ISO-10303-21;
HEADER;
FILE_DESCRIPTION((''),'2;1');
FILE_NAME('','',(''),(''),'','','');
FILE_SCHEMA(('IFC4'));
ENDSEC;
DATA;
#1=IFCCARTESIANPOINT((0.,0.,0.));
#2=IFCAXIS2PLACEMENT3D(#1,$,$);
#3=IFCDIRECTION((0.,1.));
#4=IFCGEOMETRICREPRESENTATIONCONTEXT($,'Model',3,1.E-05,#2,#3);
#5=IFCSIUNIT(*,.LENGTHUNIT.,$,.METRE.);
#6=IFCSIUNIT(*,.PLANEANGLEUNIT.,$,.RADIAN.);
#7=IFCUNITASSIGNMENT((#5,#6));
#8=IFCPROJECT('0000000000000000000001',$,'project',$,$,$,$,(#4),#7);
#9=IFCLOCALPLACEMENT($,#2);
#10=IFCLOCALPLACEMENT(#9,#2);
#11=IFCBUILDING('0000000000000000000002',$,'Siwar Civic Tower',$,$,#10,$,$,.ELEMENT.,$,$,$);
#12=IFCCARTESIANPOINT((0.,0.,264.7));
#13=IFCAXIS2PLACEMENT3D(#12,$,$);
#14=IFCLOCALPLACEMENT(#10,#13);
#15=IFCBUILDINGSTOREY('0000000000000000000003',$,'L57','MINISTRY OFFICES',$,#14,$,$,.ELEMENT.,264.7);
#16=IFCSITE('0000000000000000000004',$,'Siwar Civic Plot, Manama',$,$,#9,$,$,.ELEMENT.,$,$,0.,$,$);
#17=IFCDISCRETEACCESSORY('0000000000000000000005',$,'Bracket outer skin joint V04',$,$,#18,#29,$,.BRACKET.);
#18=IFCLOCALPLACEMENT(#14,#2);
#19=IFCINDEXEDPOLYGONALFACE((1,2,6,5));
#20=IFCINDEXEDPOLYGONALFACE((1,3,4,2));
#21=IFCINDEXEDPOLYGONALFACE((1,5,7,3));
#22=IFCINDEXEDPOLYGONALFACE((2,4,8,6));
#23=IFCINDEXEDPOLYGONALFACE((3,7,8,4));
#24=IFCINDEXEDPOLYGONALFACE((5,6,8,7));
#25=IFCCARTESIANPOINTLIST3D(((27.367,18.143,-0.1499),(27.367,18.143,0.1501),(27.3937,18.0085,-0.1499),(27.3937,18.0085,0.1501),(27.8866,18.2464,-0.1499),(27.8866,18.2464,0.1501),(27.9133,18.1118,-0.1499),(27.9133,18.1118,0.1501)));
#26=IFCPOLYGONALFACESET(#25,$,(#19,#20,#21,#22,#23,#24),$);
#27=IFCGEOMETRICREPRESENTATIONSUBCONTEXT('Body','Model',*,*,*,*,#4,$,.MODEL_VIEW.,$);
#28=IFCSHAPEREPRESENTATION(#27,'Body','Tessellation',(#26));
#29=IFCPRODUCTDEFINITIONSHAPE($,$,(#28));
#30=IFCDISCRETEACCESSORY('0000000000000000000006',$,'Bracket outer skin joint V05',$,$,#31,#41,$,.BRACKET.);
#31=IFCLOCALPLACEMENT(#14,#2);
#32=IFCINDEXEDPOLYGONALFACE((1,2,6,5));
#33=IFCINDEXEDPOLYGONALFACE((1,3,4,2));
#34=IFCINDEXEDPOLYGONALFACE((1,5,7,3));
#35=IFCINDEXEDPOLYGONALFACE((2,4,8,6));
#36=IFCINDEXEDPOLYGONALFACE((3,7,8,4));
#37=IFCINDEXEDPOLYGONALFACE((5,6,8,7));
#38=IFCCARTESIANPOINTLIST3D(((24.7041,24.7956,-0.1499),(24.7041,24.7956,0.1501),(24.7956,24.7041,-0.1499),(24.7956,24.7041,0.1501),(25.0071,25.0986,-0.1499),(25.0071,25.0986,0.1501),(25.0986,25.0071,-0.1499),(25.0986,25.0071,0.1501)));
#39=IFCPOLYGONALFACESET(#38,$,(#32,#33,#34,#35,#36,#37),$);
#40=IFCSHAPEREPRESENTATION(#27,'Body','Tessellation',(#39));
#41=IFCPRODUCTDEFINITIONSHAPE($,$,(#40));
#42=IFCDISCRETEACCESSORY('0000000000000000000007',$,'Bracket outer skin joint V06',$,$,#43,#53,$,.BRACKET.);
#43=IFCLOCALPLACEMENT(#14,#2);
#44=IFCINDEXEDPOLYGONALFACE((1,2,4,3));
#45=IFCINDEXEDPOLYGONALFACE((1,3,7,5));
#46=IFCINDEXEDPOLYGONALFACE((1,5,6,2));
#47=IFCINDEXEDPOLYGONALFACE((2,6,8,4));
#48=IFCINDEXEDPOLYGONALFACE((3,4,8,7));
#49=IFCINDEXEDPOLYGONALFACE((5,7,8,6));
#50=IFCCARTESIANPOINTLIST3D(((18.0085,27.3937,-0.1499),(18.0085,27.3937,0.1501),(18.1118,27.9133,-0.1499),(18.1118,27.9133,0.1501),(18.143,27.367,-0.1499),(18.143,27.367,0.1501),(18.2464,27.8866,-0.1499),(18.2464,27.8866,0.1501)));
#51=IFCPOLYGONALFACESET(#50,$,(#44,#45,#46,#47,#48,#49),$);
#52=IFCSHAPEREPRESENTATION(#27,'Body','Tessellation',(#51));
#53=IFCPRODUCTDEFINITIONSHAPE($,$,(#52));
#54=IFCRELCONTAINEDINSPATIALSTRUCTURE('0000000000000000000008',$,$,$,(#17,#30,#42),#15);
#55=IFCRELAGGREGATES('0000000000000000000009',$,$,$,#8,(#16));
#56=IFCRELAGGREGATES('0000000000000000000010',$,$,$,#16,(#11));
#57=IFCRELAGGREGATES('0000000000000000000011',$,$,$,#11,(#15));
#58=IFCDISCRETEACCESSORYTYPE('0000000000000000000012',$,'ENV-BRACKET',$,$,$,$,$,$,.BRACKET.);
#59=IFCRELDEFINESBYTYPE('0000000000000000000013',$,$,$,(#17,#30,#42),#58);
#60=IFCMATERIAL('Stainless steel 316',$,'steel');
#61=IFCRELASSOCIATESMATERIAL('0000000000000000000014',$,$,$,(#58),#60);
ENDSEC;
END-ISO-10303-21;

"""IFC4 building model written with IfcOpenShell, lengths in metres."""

from ifc_helpers import new_model, si_unit, direction, frame, origin, origin_2d, place, context, subcontext, project, spatial, rectangle, extrude, material, type_object, element, save


model = new_model("IFC4")

# Units and contexts
model_context = context("Model", 3, precision=1e-05, world=origin(), true_north=direction((0.0, 1.0)))
body_context = subcontext(model_context, "Body", "Model", "MODEL_VIEW")
ifc_project = project(units=[si_unit("LENGTHUNIT", "METRE"), si_unit("PLANEANGLEUNIT", "RADIAN")], contexts=[model_context])

# Site, building, storey
site_placement = place(None, origin())
site = spatial("IfcSite", under=ifc_project, at=site_placement, Name="Siwar Civic Plot, Manama", CompositionType="ELEMENT", RefElevation=0.0)
building_placement = place(site_placement, origin())
building = spatial("IfcBuilding", under=site, at=building_placement, Name="Siwar Civic Tower", CompositionType="ELEMENT")
storey_placement = place(building_placement, frame((0.0, 0.0, 264.7)))
storey = spatial("IfcBuildingStorey", under=building, at=storey_placement, Name="L57", Description="MINISTRY OFFICES", CompositionType="ELEMENT", Elevation=264.7)

# Discrete accessories
ifc_material_1 = material(Name="Stainless steel 316", Category="steel")
discrete_accessory_type = type_object("IfcDiscreteAccessoryType", Name="ENV-BRACKET", PredefinedType="BRACKET", material=ifc_material_1)
discrete_accessory_1_placement = place(storey_placement, frame((27.6401, 18.1274, -0.1499), z_axis=(0.0, 0.0, 1.0), x_axis=(0.980785, 0.19509, 0.0)))
element("IfcDiscreteAccessory", 1, at=discrete_accessory_1_placement, inside=storey, type_object=discrete_accessory_type, Name="Bracket outer skin joint V04", PredefinedType="BRACKET", context=body_context, shape_type="SweptSolid", body=[
    extrude(rectangle(XDim=0.5298, YDim=0.1372, at=origin_2d()), origin(), (0.0, 0.0, 1.0), 0.3),
])
discrete_accessory_2_placement = place(storey_placement, frame((24.9014, 24.9014, -0.1499), z_axis=(0.0, 0.0, 1.0), x_axis=(0.707107, 0.707107, 0.0)))
element("IfcDiscreteAccessory", 2, at=discrete_accessory_2_placement, inside=storey, type_object=discrete_accessory_type, Name="Bracket outer skin joint V05", PredefinedType="BRACKET", context=body_context, shape_type="SweptSolid", body=[
    extrude(rectangle(XDim=0.4285, YDim=0.1294, at=origin_2d()), origin(), (0.0, 0.0, 1.0), 0.3),
])
discrete_accessory_3_placement = place(storey_placement, frame((18.1274, 27.6401, -0.1499), z_axis=(0.0, 0.0, 1.0), x_axis=(0.19509, 0.980785, 0.0)))
element("IfcDiscreteAccessory", 3, at=discrete_accessory_3_placement, inside=storey, type_object=discrete_accessory_type, Name="Bracket outer skin joint V06", PredefinedType="BRACKET", context=body_context, shape_type="SweptSolid", body=[
    extrude(rectangle(XDim=0.5298, YDim=0.1372, at=origin_2d()), origin(), (0.0, 0.0, 1.0), 0.3),
])

save(model, "model.ifc")
